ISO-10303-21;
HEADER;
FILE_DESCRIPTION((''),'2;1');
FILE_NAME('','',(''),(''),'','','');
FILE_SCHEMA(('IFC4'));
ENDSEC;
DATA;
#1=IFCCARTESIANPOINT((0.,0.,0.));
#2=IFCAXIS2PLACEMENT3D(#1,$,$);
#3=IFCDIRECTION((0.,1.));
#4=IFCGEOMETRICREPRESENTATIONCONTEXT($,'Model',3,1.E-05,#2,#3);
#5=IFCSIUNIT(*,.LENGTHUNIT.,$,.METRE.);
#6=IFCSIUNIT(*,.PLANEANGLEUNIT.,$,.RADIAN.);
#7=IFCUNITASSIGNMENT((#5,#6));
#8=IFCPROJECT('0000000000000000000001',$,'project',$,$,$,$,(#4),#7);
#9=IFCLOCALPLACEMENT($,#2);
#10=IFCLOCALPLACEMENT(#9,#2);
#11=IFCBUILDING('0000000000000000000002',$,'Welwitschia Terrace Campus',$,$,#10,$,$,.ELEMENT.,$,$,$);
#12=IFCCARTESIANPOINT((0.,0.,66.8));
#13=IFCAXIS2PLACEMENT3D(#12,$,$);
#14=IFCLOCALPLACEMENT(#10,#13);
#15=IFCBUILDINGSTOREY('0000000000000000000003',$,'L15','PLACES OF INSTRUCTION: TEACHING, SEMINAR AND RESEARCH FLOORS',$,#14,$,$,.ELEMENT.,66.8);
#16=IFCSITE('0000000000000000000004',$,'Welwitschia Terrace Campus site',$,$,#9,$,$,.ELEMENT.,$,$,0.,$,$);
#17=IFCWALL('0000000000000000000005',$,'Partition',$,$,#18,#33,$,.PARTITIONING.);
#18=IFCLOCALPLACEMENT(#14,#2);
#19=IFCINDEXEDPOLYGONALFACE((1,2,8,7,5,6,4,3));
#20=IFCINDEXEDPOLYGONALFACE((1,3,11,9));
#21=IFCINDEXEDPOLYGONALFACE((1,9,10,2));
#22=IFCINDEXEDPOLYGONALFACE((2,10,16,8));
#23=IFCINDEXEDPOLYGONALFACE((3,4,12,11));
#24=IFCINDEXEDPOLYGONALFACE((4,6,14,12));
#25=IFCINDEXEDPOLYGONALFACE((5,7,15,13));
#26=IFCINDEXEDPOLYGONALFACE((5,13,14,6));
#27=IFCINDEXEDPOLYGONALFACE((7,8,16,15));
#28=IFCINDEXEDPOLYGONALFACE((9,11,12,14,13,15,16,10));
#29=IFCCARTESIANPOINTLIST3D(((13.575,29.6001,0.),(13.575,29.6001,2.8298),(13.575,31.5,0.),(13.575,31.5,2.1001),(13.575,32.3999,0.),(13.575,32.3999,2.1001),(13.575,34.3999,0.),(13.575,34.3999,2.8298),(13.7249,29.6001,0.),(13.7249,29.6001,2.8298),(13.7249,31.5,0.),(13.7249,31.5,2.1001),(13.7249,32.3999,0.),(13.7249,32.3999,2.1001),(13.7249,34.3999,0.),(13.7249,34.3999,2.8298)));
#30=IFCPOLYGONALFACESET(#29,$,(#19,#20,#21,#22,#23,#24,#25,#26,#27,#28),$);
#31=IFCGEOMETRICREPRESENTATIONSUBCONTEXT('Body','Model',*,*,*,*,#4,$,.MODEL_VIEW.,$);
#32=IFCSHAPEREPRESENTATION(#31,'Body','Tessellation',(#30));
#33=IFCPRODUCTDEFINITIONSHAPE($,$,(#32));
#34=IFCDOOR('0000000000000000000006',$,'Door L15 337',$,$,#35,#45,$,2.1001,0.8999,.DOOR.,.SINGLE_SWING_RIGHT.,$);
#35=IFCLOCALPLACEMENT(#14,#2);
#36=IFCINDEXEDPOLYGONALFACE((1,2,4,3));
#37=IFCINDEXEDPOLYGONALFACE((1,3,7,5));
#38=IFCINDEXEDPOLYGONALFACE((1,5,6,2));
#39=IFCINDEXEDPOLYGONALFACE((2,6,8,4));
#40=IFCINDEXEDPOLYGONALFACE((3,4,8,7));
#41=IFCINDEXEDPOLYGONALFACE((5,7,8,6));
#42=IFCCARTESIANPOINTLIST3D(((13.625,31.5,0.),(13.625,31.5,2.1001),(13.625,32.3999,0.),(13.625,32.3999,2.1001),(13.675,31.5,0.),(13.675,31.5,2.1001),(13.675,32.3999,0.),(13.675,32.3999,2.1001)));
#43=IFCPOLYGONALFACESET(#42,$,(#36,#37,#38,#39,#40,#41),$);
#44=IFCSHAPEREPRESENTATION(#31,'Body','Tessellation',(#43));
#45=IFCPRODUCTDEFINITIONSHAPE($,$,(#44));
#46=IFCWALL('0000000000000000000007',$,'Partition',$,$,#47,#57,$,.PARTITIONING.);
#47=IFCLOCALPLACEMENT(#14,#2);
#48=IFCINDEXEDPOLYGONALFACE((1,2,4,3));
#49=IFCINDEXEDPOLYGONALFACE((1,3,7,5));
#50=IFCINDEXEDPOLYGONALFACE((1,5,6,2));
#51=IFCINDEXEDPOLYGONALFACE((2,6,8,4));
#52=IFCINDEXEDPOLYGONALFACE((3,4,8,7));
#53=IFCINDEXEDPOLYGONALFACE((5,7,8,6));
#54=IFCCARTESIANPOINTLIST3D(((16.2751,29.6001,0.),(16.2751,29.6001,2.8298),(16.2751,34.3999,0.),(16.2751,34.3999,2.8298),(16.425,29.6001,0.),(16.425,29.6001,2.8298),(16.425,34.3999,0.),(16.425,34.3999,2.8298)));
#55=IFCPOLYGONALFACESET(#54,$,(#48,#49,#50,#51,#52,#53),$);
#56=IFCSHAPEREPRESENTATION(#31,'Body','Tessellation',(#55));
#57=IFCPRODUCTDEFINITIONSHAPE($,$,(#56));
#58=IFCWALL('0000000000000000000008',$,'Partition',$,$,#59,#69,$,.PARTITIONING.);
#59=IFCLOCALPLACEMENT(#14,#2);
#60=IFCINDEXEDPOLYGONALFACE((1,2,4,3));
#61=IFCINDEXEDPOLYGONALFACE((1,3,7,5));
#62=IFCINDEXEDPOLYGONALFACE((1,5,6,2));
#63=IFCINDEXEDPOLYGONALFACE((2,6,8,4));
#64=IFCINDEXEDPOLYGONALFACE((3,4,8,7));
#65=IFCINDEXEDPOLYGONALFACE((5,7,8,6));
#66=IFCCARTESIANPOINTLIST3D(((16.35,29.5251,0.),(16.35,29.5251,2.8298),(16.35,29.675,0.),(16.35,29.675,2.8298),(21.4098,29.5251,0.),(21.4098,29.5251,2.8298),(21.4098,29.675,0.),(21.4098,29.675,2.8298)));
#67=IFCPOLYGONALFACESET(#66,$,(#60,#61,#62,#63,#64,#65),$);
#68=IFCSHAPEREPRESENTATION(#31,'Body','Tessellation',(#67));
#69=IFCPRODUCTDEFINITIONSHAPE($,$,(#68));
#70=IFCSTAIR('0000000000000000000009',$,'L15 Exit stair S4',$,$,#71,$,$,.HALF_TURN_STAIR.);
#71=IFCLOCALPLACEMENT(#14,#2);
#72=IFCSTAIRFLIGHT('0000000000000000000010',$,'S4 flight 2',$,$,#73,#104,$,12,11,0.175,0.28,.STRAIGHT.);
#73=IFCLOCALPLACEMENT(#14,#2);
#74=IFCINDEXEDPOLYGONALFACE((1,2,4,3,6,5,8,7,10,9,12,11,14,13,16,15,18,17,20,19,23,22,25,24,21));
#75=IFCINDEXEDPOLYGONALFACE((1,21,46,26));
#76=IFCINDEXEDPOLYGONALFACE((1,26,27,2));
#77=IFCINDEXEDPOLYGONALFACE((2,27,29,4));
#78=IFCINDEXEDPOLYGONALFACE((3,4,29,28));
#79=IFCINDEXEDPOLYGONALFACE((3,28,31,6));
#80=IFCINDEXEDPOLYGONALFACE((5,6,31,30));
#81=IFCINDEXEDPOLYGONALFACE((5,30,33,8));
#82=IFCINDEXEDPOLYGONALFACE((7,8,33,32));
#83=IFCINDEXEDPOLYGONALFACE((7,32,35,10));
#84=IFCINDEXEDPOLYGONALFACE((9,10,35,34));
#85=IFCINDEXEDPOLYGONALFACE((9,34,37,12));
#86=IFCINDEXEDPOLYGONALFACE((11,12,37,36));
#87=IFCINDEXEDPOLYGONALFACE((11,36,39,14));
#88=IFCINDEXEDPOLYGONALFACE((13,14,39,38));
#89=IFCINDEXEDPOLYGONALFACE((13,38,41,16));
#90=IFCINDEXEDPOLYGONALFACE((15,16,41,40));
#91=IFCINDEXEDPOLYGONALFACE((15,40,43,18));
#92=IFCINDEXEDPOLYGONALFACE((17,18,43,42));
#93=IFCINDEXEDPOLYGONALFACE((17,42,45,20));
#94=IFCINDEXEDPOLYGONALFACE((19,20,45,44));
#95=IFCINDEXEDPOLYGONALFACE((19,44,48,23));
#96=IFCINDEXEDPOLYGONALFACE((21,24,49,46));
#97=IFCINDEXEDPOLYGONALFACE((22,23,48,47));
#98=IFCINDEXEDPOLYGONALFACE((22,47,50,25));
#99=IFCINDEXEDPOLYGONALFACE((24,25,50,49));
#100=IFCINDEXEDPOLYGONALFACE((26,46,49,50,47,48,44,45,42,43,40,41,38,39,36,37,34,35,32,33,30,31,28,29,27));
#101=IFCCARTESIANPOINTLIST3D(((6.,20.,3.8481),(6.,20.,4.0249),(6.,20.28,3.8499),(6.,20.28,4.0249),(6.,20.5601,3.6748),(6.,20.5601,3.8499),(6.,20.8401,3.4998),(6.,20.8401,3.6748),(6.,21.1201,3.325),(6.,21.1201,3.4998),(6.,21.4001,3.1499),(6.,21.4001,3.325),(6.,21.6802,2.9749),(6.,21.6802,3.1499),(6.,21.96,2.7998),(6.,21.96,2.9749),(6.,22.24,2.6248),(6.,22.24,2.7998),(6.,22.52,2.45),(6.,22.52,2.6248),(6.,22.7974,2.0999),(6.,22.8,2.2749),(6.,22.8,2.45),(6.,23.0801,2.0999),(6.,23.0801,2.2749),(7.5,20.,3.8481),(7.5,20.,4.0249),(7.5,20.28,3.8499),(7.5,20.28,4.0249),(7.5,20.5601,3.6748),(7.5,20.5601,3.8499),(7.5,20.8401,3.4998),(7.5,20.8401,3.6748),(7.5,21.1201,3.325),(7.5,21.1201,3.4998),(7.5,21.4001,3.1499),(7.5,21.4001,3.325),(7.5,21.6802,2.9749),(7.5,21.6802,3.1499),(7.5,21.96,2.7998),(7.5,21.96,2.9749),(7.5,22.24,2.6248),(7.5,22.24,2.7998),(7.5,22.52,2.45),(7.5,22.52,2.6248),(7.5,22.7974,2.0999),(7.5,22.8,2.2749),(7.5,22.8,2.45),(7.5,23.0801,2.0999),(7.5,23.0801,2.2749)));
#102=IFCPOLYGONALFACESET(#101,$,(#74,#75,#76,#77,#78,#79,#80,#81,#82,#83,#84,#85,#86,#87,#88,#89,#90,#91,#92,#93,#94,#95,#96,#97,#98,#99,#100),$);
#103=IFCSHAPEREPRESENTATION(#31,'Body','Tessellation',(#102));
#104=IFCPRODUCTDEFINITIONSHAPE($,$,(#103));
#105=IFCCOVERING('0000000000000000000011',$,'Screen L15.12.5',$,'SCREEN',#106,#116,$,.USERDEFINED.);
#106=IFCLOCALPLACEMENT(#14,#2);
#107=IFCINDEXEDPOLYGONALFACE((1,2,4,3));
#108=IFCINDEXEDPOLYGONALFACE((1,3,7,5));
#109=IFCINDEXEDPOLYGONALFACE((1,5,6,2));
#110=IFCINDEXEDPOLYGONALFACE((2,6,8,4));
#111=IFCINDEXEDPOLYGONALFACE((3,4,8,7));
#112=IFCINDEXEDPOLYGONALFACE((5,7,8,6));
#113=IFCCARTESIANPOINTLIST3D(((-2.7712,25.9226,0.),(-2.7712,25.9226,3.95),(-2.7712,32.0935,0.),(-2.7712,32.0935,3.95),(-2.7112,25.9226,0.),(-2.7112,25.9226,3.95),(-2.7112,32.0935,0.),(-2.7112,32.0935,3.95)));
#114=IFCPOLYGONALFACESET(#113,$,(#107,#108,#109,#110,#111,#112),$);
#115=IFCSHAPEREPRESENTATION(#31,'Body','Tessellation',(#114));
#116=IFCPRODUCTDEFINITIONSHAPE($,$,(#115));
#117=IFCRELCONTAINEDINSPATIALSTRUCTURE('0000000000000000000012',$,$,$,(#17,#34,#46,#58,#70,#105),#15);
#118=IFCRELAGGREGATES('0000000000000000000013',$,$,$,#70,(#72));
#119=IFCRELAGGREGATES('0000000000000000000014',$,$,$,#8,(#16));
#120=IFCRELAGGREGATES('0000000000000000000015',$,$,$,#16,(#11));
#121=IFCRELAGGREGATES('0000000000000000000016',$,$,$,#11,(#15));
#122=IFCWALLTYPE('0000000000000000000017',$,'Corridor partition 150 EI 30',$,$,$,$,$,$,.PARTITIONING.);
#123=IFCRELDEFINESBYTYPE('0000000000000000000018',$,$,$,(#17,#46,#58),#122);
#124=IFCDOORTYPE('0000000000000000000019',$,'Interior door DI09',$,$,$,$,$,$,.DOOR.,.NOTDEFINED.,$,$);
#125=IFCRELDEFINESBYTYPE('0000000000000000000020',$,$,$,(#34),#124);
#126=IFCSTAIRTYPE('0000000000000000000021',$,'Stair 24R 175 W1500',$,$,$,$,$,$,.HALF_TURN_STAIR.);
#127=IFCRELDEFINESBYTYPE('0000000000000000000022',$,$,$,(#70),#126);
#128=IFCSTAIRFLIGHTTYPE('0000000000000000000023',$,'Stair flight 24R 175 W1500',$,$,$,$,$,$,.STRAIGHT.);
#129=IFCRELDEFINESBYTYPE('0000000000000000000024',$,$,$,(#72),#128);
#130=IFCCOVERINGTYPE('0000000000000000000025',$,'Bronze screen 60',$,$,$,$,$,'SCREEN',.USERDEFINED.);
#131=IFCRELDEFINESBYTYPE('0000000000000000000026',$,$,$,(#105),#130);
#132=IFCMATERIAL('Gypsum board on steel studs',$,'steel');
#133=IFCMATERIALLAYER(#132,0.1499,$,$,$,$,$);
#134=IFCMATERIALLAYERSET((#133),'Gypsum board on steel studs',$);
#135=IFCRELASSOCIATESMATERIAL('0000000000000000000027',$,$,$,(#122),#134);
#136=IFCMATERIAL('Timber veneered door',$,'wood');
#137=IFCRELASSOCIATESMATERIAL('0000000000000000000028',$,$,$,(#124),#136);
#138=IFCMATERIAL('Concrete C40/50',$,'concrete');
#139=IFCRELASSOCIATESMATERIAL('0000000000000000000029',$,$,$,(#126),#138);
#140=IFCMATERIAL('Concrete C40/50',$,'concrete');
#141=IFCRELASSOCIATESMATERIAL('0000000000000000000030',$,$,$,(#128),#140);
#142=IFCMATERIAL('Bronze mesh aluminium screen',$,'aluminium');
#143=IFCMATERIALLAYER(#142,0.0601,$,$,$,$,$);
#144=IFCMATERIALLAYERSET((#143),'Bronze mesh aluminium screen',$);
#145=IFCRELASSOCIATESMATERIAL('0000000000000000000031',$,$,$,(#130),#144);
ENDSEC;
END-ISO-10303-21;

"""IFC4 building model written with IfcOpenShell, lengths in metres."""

from ifc_helpers import new_model, si_unit, direction, frame, frame_2d, origin, origin_2d, place, context, subcontext, project, spatial, polyline, rectangle, outline, extrude, material, layer, layer_set, type_object, element, fill, aggregate, save


model = new_model("IFC4")

# Units and contexts
model_context = context("Model", 3, precision=1e-05, world=origin(), true_north=direction((0.0, 1.0)))
body_context = subcontext(model_context, "Body", "Model", "MODEL_VIEW")
ifc_project = project(units=[si_unit("LENGTHUNIT", "METRE"), si_unit("PLANEANGLEUNIT", "RADIAN")], contexts=[model_context])

# Site, building, storey
site_placement = place(None, origin())
site = spatial("IfcSite", under=ifc_project, at=site_placement, Name="Welwitschia Terrace Campus site", CompositionType="ELEMENT", RefElevation=0.0)
building_placement = place(site_placement, origin())
building = spatial("IfcBuilding", under=site, at=building_placement, Name="Welwitschia Terrace Campus", CompositionType="ELEMENT")
storey_placement = place(building_placement, frame((0.0, 0.0, 66.8)))
storey = spatial("IfcBuildingStorey", under=building, at=storey_placement, Name="L15", Description="PLACES OF INSTRUCTION: TEACHING, SEMINAR AND RESEARCH FLOORS", CompositionType="ELEMENT", Elevation=66.8)

# Shared definitions
ifc_material_1 = material(Name="Gypsum board on steel studs", Category="steel")
ifc_layer_1 = layer(ifc_material_1, 0.1499)
ifc_layer_set_1 = layer_set([ifc_layer_1], Name="Gypsum board on steel studs")
wall_type_1 = type_object("IfcWallType", Name="Corridor partition 150 EI 30", PredefinedType="PARTITIONING", material=ifc_layer_set_1)

# Shared definitions
ifc_material_2 = material(Name="Timber veneered door", Category="wood")
door_type = type_object("IfcDoorType", Name="Interior door DI09", OperationType="NOTDEFINED", PredefinedType="DOOR", material=ifc_material_2)

# Wall, opening, door
wall_1_placement = place(storey_placement, frame((13.6499, 29.6001, 0.0), z_axis=(0.0, 0.0, 1.0), x_axis=(0.0, 1.0, 0.0)))
wall_1 = element("IfcWall", 1, at=wall_1_placement, inside=storey, type_object=wall_type_1, Name="Partition", PredefinedType="PARTITIONING", context=body_context, shape_type="SweptSolid", body=[
    extrude(rectangle(XDim=4.7998, YDim=0.1499, at=frame_2d((2.3999, 0.0))), origin(), (0.0, 0.0, 1.0), 2.8298),
])
opening_1_placement = place(wall_1_placement, frame((1.8999, 0.0, 0.0)))
opening_1 = element("IfcOpeningElement", 2, at=opening_1_placement, cuts=wall_1, PredefinedType="OPENING", context=body_context, shape_type="SweptSolid", body=[
    extrude(rectangle(XDim=0.8999, YDim=2.1001, at=frame_2d((0.45, 1.05))), frame((0.0, 0.085, 0.0), z_axis=(0.0, -1.0, 0.0), x_axis=(1.0, 0.0, 0.0)), (0.0, 0.0, 1.0), 0.1699),
])
door_1_placement = place(opening_1_placement, origin())
door_1 = element("IfcDoor", 3, at=door_1_placement, inside=storey, type_object=door_type, Name="Door L15 337", OperationType="SINGLE_SWING_RIGHT", OverallHeight=2.1001, OverallWidth=0.8999, PredefinedType="DOOR", context=body_context, shape_type="SweptSolid", body=[
    extrude(rectangle(XDim=0.8999, YDim=2.1001, at=frame_2d((0.45, 1.05))), frame((0.0, 0.0249, 0.0), z_axis=(0.0, -1.0, 0.0), x_axis=(1.0, 0.0, 0.0)), (0.0, 0.0, 1.0), 0.05),
])
fill(opening_1, door_1)

# Walls
wall_2_placement = place(storey_placement, frame((16.3501, 29.6001, 0.0), z_axis=(0.0, 0.0, 1.0), x_axis=(0.0, 1.0, 0.0)))
element("IfcWall", 4, at=wall_2_placement, inside=storey, type_object=wall_type_1, Name="Partition", PredefinedType="PARTITIONING", context=body_context, shape_type="SweptSolid", body=[
    extrude(rectangle(XDim=4.7998, YDim=0.1499, at=frame_2d((2.3999, 0.0))), origin(), (0.0, 0.0, 1.0), 2.8298),
])
wall_3_placement = place(storey_placement, frame((16.3501, 29.6001, 0.0), z_axis=(0.0, 0.0, 1.0), x_axis=(1.0, 0.0, 0.0)))
element("IfcWall", 5, at=wall_3_placement, inside=storey, type_object=wall_type_1, Name="Partition", PredefinedType="PARTITIONING", context=body_context, shape_type="SweptSolid", body=[
    extrude(rectangle(XDim=5.0598, YDim=0.1499, at=frame_2d((2.5298, 0.0))), origin(), (0.0, 0.0, 1.0), 2.8298),
])

# Stair, stair flight
ifc_material_3 = material(Name="Concrete C40/50", Category="concrete")
stair_type = type_object("IfcStairType", Name="Stair 24R 175 W1500", PredefinedType="HALF_TURN_STAIR", material=ifc_material_3)
stair_placement = place(storey_placement, origin())
stair = element("IfcStair", 6, at=stair_placement, inside=storey, type_object=stair_type, Name="L15 Exit stair S4", PredefinedType="HALF_TURN_STAIR")
ifc_material_4 = material(Name="Concrete C40/50", Category="concrete")
stair_flight_type = type_object("IfcStairFlightType", Name="Stair flight 24R 175 W1500", PredefinedType="STRAIGHT", material=ifc_material_4)
stair_flight_placement = place(storey_placement, frame((6.75, 23.0801, 2.0999), z_axis=(0.0, 0.0, 1.0), x_axis=(0.0, -1.0, 0.0)))
stair_flight = element("IfcStairFlight", 7, at=stair_flight_placement, type_object=stair_flight_type, Name="S4 flight 2", NumberOfRisers=12, NumberOfTreads=11, PredefinedType="STRAIGHT", RiserHeight=0.175, TreadLength=0.28, context=body_context, shape_type="SweptSolid", body=[
    extrude(outline(polyline([(0.0, 0.0), (0.0, 0.175), (0.28, 0.175), (0.28, 0.3501), (0.5601, 0.3501), (0.5601, 0.5249), (0.8401, 0.5249), (0.8401, 0.7), (1.1201, 0.7), (1.1201, 0.875), (1.3999, 0.875), (1.3999, 1.05), (1.6799, 1.05), (1.6799, 1.2251), (1.96, 1.2251), (1.96, 1.3999), (2.24, 1.3999), (2.24, 1.575), (2.52, 1.575), (2.52, 1.75), (2.8, 1.75), (2.8, 1.925), (3.0801, 1.925), (3.0801, 2.1001), (3.0801, 1.7483), (0.2827, 0.0), (0.0, 0.0)])), frame((0.0, 0.75, 0.0), z_axis=(0.0, -1.0, 0.0), x_axis=(1.0, 0.0, 0.0)), (0.0, 0.0, 1.0), 1.5),
])
aggregate(stair, [stair_flight])

# Covering
ifc_material_5 = material(Name="Bronze mesh aluminium screen", Category="aluminium")
ifc_layer_2 = layer(ifc_material_5, 0.0601)
ifc_layer_set_2 = layer_set([ifc_layer_2], Name="Bronze mesh aluminium screen")
covering_type = type_object("IfcCoveringType", Name="Bronze screen 60", ElementType="SCREEN", PredefinedType="USERDEFINED", material=ifc_layer_set_2)
covering_placement = place(storey_placement, frame((-2.7412, 29.0081, 0.0), z_axis=(0.0, 0.0, 1.0), x_axis=(0.0, -1.0, 0.0)))
element("IfcCovering", 8, at=covering_placement, inside=storey, type_object=covering_type, Name="Screen L15.12.5", ObjectType="SCREEN", PredefinedType="USERDEFINED", context=body_context, shape_type="SweptSolid", body=[
    extrude(rectangle(XDim=6.1709, YDim=0.0601, at=origin_2d()), origin(), (0.0, 0.0, 1.0), 3.95),
])

save(model, "model.ifc")
